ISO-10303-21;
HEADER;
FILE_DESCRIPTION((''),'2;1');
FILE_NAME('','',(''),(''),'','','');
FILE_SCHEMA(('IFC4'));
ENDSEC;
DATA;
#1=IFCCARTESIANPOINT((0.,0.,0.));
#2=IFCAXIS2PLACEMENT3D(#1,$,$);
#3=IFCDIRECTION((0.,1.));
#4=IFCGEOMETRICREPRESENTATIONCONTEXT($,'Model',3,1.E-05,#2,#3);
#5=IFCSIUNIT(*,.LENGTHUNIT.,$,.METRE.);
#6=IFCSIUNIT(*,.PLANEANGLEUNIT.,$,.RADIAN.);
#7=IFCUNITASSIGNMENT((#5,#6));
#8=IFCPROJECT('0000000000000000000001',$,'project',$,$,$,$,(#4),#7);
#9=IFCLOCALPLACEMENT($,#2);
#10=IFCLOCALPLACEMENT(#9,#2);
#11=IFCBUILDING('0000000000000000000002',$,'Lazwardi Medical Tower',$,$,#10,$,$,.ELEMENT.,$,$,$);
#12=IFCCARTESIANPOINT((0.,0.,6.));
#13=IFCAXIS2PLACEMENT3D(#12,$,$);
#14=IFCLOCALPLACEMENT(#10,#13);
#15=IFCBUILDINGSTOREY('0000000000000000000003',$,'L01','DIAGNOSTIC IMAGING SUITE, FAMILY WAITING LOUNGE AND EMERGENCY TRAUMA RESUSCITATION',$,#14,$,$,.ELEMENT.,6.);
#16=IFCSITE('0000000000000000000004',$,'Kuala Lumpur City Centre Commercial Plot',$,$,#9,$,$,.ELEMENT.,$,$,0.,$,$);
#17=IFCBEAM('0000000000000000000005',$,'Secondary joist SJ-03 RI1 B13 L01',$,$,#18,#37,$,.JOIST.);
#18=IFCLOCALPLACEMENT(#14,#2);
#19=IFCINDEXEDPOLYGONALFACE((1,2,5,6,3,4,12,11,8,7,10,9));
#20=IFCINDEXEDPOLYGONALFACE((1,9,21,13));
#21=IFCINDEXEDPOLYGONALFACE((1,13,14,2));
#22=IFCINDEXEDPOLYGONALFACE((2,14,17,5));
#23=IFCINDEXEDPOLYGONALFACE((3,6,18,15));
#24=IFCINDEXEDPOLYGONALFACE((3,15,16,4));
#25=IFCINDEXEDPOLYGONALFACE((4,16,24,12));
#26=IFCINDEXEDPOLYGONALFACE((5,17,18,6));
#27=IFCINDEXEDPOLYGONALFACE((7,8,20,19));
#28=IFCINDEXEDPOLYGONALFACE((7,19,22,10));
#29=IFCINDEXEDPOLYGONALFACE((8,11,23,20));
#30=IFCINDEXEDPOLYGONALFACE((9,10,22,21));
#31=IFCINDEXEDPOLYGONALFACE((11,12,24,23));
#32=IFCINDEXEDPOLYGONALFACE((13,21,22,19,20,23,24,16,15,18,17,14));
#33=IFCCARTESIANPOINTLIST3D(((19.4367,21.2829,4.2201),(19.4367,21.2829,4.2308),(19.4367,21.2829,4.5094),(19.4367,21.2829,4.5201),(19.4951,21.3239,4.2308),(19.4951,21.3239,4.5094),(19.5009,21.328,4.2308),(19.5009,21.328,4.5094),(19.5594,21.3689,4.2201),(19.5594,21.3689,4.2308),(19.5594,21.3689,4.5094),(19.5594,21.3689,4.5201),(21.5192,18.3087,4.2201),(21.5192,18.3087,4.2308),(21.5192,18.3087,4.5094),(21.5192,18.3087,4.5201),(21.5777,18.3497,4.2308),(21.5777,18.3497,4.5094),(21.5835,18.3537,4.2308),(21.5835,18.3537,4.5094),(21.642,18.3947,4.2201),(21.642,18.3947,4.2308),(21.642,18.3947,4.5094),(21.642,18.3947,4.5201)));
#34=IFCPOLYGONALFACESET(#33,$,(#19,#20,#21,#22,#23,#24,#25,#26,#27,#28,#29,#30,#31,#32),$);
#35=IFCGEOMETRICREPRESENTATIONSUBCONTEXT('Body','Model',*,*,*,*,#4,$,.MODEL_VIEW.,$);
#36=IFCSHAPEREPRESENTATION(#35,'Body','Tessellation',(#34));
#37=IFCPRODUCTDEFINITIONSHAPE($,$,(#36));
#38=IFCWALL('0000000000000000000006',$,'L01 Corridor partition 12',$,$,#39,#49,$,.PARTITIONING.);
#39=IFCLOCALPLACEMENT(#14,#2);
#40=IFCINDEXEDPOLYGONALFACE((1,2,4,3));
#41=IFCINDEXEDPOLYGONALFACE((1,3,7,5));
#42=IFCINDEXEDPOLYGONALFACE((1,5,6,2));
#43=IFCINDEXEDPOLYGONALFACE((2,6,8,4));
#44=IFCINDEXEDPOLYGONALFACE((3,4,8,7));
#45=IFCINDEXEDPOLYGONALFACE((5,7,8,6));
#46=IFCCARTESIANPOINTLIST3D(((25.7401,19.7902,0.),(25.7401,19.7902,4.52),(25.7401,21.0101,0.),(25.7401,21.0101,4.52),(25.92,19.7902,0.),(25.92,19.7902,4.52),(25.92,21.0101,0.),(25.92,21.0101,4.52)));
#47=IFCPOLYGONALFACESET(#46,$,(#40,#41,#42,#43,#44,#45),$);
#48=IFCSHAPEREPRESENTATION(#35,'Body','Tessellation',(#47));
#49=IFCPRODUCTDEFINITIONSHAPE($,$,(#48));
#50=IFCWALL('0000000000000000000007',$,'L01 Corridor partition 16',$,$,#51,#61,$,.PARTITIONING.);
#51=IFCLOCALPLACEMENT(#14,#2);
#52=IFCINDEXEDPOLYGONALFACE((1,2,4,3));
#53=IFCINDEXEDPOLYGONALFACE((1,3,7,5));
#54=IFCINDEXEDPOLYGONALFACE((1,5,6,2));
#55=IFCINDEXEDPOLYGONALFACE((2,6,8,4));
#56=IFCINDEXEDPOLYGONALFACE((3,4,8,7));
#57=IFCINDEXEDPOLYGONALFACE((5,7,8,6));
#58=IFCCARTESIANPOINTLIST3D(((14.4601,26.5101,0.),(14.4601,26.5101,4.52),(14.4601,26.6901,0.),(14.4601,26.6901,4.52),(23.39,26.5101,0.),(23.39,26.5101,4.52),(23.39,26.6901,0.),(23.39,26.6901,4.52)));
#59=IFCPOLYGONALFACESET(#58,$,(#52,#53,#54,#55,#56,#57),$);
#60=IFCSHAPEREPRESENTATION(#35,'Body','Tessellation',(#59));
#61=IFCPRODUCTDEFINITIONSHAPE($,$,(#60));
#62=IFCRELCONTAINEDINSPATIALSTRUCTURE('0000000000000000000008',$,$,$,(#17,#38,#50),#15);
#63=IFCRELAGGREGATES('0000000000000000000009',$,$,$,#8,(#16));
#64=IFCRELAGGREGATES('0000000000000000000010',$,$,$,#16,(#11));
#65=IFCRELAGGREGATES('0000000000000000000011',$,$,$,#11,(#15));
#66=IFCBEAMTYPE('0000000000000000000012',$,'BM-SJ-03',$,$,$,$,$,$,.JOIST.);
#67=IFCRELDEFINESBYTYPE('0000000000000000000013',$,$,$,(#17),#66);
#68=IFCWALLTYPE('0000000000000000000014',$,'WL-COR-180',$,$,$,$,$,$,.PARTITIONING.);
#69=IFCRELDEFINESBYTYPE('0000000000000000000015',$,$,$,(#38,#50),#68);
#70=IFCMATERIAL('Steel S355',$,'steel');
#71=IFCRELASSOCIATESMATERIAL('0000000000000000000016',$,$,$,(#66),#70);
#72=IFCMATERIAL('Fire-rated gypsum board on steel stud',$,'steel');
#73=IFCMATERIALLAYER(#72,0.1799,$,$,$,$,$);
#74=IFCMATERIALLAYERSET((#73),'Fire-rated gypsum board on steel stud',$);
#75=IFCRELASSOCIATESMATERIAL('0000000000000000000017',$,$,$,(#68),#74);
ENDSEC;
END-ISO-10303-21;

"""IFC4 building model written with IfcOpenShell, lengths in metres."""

from ifc_helpers import new_model, si_unit, direction, frame, frame_2d, origin, origin_2d, place, context, subcontext, project, spatial, rectangle, i_section, extrude, material, layer, layer_set, material_profile, profile_set, type_object, element, save


model = new_model("IFC4")

# Units and contexts
model_context = context("Model", 3, precision=1e-05, world=origin(), true_north=direction((0.0, 1.0)))
body_context = subcontext(model_context, "Body", "Model", "MODEL_VIEW")
ifc_project = project(units=[si_unit("LENGTHUNIT", "METRE"), si_unit("PLANEANGLEUNIT", "RADIAN")], contexts=[model_context])

# Site, building, storey
site_placement = place(None, origin())
site = spatial("IfcSite", under=ifc_project, at=site_placement, Name="Kuala Lumpur City Centre Commercial Plot", CompositionType="ELEMENT", RefElevation=0.0)
building_placement = place(site_placement, origin())
building = spatial("IfcBuilding", under=site, at=building_placement, Name="Lazwardi Medical Tower", CompositionType="ELEMENT")
storey_placement = place(building_placement, frame((0.0, 0.0, 6.0)))
storey = spatial("IfcBuildingStorey", under=building, at=storey_placement, Name="L01", Description="DIAGNOSTIC IMAGING SUITE, FAMILY WAITING LOUNGE AND EMERGENCY TRAUMA RESUSCITATION", CompositionType="ELEMENT", Elevation=6.0)

# Beam
ifc_material_1 = material(Name="Steel S355", Category="steel")
ifc_material_profile = material_profile(ifc_material_1, i_section(OverallWidth=0.1499, OverallDepth=0.3, WebThickness=0.0071, FlangeThickness=0.0107, at=origin_2d()), Name="IPE 300")
ifc_profile_set = profile_set([ifc_material_profile], Name="Steel S355")
beam_type = type_object("IfcBeamType", Name="BM-SJ-03", PredefinedType="JOIST", material=ifc_profile_set)
beam_placement = place(storey_placement, frame((19.498, 21.3259, 4.3701), z_axis=(0.57358, -0.81915, 0.0), x_axis=(0.81915, 0.57358, 0.0)))
element("IfcBeam", 1, at=beam_placement, inside=storey, type_object=beam_type, Name="Secondary joist SJ-03 RI1 B13 L01", PredefinedType="JOIST", context=body_context, shape_type="SweptSolid", body=[
    extrude(i_section(OverallWidth=0.1499, OverallDepth=0.3, WebThickness=0.0071, FlangeThickness=0.0107, at=origin_2d()), origin(), (0.0, 0.0, 1.0), 3.6309),
])

# Walls
ifc_material_2 = material(Name="Fire-rated gypsum board on steel stud", Category="steel")
ifc_layer_1 = layer(ifc_material_2, 0.1799)
ifc_layer_set_1 = layer_set([ifc_layer_1], Name="Fire-rated gypsum board on steel stud")
wall_type_1 = type_object("IfcWallType", Name="WL-COR-180", PredefinedType="PARTITIONING", material=ifc_layer_set_1)
wall_1_placement = place(storey_placement, frame((25.8301, 21.01, 0.0), z_axis=(0.0, 0.0, 1.0), x_axis=(0.0, -1.0, 0.0)))
element("IfcWall", 2, at=wall_1_placement, inside=storey, type_object=wall_type_1, Name="L01 Corridor partition 12", PredefinedType="PARTITIONING", context=body_context, shape_type="SweptSolid", body=[
    extrude(rectangle(XDim=1.22, YDim=0.1799, at=frame_2d((0.6099, 0.0))), origin(), (0.0, 0.0, 1.0), 4.52),
])
wall_2_placement = place(storey_placement, frame((23.3899, 26.6001, 0.0), z_axis=(0.0, 0.0, 1.0), x_axis=(-1.0, 0.0, 0.0)))
element("IfcWall", 3, at=wall_2_placement, inside=storey, type_object=wall_type_1, Name="L01 Corridor partition 16", PredefinedType="PARTITIONING", context=body_context, shape_type="SweptSolid", body=[
    extrude(rectangle(XDim=8.9299, YDim=0.1799, at=frame_2d((4.4648, 0.0))), origin(), (0.0, 0.0, 1.0), 4.52),
])

save(model, "model.ifc")
